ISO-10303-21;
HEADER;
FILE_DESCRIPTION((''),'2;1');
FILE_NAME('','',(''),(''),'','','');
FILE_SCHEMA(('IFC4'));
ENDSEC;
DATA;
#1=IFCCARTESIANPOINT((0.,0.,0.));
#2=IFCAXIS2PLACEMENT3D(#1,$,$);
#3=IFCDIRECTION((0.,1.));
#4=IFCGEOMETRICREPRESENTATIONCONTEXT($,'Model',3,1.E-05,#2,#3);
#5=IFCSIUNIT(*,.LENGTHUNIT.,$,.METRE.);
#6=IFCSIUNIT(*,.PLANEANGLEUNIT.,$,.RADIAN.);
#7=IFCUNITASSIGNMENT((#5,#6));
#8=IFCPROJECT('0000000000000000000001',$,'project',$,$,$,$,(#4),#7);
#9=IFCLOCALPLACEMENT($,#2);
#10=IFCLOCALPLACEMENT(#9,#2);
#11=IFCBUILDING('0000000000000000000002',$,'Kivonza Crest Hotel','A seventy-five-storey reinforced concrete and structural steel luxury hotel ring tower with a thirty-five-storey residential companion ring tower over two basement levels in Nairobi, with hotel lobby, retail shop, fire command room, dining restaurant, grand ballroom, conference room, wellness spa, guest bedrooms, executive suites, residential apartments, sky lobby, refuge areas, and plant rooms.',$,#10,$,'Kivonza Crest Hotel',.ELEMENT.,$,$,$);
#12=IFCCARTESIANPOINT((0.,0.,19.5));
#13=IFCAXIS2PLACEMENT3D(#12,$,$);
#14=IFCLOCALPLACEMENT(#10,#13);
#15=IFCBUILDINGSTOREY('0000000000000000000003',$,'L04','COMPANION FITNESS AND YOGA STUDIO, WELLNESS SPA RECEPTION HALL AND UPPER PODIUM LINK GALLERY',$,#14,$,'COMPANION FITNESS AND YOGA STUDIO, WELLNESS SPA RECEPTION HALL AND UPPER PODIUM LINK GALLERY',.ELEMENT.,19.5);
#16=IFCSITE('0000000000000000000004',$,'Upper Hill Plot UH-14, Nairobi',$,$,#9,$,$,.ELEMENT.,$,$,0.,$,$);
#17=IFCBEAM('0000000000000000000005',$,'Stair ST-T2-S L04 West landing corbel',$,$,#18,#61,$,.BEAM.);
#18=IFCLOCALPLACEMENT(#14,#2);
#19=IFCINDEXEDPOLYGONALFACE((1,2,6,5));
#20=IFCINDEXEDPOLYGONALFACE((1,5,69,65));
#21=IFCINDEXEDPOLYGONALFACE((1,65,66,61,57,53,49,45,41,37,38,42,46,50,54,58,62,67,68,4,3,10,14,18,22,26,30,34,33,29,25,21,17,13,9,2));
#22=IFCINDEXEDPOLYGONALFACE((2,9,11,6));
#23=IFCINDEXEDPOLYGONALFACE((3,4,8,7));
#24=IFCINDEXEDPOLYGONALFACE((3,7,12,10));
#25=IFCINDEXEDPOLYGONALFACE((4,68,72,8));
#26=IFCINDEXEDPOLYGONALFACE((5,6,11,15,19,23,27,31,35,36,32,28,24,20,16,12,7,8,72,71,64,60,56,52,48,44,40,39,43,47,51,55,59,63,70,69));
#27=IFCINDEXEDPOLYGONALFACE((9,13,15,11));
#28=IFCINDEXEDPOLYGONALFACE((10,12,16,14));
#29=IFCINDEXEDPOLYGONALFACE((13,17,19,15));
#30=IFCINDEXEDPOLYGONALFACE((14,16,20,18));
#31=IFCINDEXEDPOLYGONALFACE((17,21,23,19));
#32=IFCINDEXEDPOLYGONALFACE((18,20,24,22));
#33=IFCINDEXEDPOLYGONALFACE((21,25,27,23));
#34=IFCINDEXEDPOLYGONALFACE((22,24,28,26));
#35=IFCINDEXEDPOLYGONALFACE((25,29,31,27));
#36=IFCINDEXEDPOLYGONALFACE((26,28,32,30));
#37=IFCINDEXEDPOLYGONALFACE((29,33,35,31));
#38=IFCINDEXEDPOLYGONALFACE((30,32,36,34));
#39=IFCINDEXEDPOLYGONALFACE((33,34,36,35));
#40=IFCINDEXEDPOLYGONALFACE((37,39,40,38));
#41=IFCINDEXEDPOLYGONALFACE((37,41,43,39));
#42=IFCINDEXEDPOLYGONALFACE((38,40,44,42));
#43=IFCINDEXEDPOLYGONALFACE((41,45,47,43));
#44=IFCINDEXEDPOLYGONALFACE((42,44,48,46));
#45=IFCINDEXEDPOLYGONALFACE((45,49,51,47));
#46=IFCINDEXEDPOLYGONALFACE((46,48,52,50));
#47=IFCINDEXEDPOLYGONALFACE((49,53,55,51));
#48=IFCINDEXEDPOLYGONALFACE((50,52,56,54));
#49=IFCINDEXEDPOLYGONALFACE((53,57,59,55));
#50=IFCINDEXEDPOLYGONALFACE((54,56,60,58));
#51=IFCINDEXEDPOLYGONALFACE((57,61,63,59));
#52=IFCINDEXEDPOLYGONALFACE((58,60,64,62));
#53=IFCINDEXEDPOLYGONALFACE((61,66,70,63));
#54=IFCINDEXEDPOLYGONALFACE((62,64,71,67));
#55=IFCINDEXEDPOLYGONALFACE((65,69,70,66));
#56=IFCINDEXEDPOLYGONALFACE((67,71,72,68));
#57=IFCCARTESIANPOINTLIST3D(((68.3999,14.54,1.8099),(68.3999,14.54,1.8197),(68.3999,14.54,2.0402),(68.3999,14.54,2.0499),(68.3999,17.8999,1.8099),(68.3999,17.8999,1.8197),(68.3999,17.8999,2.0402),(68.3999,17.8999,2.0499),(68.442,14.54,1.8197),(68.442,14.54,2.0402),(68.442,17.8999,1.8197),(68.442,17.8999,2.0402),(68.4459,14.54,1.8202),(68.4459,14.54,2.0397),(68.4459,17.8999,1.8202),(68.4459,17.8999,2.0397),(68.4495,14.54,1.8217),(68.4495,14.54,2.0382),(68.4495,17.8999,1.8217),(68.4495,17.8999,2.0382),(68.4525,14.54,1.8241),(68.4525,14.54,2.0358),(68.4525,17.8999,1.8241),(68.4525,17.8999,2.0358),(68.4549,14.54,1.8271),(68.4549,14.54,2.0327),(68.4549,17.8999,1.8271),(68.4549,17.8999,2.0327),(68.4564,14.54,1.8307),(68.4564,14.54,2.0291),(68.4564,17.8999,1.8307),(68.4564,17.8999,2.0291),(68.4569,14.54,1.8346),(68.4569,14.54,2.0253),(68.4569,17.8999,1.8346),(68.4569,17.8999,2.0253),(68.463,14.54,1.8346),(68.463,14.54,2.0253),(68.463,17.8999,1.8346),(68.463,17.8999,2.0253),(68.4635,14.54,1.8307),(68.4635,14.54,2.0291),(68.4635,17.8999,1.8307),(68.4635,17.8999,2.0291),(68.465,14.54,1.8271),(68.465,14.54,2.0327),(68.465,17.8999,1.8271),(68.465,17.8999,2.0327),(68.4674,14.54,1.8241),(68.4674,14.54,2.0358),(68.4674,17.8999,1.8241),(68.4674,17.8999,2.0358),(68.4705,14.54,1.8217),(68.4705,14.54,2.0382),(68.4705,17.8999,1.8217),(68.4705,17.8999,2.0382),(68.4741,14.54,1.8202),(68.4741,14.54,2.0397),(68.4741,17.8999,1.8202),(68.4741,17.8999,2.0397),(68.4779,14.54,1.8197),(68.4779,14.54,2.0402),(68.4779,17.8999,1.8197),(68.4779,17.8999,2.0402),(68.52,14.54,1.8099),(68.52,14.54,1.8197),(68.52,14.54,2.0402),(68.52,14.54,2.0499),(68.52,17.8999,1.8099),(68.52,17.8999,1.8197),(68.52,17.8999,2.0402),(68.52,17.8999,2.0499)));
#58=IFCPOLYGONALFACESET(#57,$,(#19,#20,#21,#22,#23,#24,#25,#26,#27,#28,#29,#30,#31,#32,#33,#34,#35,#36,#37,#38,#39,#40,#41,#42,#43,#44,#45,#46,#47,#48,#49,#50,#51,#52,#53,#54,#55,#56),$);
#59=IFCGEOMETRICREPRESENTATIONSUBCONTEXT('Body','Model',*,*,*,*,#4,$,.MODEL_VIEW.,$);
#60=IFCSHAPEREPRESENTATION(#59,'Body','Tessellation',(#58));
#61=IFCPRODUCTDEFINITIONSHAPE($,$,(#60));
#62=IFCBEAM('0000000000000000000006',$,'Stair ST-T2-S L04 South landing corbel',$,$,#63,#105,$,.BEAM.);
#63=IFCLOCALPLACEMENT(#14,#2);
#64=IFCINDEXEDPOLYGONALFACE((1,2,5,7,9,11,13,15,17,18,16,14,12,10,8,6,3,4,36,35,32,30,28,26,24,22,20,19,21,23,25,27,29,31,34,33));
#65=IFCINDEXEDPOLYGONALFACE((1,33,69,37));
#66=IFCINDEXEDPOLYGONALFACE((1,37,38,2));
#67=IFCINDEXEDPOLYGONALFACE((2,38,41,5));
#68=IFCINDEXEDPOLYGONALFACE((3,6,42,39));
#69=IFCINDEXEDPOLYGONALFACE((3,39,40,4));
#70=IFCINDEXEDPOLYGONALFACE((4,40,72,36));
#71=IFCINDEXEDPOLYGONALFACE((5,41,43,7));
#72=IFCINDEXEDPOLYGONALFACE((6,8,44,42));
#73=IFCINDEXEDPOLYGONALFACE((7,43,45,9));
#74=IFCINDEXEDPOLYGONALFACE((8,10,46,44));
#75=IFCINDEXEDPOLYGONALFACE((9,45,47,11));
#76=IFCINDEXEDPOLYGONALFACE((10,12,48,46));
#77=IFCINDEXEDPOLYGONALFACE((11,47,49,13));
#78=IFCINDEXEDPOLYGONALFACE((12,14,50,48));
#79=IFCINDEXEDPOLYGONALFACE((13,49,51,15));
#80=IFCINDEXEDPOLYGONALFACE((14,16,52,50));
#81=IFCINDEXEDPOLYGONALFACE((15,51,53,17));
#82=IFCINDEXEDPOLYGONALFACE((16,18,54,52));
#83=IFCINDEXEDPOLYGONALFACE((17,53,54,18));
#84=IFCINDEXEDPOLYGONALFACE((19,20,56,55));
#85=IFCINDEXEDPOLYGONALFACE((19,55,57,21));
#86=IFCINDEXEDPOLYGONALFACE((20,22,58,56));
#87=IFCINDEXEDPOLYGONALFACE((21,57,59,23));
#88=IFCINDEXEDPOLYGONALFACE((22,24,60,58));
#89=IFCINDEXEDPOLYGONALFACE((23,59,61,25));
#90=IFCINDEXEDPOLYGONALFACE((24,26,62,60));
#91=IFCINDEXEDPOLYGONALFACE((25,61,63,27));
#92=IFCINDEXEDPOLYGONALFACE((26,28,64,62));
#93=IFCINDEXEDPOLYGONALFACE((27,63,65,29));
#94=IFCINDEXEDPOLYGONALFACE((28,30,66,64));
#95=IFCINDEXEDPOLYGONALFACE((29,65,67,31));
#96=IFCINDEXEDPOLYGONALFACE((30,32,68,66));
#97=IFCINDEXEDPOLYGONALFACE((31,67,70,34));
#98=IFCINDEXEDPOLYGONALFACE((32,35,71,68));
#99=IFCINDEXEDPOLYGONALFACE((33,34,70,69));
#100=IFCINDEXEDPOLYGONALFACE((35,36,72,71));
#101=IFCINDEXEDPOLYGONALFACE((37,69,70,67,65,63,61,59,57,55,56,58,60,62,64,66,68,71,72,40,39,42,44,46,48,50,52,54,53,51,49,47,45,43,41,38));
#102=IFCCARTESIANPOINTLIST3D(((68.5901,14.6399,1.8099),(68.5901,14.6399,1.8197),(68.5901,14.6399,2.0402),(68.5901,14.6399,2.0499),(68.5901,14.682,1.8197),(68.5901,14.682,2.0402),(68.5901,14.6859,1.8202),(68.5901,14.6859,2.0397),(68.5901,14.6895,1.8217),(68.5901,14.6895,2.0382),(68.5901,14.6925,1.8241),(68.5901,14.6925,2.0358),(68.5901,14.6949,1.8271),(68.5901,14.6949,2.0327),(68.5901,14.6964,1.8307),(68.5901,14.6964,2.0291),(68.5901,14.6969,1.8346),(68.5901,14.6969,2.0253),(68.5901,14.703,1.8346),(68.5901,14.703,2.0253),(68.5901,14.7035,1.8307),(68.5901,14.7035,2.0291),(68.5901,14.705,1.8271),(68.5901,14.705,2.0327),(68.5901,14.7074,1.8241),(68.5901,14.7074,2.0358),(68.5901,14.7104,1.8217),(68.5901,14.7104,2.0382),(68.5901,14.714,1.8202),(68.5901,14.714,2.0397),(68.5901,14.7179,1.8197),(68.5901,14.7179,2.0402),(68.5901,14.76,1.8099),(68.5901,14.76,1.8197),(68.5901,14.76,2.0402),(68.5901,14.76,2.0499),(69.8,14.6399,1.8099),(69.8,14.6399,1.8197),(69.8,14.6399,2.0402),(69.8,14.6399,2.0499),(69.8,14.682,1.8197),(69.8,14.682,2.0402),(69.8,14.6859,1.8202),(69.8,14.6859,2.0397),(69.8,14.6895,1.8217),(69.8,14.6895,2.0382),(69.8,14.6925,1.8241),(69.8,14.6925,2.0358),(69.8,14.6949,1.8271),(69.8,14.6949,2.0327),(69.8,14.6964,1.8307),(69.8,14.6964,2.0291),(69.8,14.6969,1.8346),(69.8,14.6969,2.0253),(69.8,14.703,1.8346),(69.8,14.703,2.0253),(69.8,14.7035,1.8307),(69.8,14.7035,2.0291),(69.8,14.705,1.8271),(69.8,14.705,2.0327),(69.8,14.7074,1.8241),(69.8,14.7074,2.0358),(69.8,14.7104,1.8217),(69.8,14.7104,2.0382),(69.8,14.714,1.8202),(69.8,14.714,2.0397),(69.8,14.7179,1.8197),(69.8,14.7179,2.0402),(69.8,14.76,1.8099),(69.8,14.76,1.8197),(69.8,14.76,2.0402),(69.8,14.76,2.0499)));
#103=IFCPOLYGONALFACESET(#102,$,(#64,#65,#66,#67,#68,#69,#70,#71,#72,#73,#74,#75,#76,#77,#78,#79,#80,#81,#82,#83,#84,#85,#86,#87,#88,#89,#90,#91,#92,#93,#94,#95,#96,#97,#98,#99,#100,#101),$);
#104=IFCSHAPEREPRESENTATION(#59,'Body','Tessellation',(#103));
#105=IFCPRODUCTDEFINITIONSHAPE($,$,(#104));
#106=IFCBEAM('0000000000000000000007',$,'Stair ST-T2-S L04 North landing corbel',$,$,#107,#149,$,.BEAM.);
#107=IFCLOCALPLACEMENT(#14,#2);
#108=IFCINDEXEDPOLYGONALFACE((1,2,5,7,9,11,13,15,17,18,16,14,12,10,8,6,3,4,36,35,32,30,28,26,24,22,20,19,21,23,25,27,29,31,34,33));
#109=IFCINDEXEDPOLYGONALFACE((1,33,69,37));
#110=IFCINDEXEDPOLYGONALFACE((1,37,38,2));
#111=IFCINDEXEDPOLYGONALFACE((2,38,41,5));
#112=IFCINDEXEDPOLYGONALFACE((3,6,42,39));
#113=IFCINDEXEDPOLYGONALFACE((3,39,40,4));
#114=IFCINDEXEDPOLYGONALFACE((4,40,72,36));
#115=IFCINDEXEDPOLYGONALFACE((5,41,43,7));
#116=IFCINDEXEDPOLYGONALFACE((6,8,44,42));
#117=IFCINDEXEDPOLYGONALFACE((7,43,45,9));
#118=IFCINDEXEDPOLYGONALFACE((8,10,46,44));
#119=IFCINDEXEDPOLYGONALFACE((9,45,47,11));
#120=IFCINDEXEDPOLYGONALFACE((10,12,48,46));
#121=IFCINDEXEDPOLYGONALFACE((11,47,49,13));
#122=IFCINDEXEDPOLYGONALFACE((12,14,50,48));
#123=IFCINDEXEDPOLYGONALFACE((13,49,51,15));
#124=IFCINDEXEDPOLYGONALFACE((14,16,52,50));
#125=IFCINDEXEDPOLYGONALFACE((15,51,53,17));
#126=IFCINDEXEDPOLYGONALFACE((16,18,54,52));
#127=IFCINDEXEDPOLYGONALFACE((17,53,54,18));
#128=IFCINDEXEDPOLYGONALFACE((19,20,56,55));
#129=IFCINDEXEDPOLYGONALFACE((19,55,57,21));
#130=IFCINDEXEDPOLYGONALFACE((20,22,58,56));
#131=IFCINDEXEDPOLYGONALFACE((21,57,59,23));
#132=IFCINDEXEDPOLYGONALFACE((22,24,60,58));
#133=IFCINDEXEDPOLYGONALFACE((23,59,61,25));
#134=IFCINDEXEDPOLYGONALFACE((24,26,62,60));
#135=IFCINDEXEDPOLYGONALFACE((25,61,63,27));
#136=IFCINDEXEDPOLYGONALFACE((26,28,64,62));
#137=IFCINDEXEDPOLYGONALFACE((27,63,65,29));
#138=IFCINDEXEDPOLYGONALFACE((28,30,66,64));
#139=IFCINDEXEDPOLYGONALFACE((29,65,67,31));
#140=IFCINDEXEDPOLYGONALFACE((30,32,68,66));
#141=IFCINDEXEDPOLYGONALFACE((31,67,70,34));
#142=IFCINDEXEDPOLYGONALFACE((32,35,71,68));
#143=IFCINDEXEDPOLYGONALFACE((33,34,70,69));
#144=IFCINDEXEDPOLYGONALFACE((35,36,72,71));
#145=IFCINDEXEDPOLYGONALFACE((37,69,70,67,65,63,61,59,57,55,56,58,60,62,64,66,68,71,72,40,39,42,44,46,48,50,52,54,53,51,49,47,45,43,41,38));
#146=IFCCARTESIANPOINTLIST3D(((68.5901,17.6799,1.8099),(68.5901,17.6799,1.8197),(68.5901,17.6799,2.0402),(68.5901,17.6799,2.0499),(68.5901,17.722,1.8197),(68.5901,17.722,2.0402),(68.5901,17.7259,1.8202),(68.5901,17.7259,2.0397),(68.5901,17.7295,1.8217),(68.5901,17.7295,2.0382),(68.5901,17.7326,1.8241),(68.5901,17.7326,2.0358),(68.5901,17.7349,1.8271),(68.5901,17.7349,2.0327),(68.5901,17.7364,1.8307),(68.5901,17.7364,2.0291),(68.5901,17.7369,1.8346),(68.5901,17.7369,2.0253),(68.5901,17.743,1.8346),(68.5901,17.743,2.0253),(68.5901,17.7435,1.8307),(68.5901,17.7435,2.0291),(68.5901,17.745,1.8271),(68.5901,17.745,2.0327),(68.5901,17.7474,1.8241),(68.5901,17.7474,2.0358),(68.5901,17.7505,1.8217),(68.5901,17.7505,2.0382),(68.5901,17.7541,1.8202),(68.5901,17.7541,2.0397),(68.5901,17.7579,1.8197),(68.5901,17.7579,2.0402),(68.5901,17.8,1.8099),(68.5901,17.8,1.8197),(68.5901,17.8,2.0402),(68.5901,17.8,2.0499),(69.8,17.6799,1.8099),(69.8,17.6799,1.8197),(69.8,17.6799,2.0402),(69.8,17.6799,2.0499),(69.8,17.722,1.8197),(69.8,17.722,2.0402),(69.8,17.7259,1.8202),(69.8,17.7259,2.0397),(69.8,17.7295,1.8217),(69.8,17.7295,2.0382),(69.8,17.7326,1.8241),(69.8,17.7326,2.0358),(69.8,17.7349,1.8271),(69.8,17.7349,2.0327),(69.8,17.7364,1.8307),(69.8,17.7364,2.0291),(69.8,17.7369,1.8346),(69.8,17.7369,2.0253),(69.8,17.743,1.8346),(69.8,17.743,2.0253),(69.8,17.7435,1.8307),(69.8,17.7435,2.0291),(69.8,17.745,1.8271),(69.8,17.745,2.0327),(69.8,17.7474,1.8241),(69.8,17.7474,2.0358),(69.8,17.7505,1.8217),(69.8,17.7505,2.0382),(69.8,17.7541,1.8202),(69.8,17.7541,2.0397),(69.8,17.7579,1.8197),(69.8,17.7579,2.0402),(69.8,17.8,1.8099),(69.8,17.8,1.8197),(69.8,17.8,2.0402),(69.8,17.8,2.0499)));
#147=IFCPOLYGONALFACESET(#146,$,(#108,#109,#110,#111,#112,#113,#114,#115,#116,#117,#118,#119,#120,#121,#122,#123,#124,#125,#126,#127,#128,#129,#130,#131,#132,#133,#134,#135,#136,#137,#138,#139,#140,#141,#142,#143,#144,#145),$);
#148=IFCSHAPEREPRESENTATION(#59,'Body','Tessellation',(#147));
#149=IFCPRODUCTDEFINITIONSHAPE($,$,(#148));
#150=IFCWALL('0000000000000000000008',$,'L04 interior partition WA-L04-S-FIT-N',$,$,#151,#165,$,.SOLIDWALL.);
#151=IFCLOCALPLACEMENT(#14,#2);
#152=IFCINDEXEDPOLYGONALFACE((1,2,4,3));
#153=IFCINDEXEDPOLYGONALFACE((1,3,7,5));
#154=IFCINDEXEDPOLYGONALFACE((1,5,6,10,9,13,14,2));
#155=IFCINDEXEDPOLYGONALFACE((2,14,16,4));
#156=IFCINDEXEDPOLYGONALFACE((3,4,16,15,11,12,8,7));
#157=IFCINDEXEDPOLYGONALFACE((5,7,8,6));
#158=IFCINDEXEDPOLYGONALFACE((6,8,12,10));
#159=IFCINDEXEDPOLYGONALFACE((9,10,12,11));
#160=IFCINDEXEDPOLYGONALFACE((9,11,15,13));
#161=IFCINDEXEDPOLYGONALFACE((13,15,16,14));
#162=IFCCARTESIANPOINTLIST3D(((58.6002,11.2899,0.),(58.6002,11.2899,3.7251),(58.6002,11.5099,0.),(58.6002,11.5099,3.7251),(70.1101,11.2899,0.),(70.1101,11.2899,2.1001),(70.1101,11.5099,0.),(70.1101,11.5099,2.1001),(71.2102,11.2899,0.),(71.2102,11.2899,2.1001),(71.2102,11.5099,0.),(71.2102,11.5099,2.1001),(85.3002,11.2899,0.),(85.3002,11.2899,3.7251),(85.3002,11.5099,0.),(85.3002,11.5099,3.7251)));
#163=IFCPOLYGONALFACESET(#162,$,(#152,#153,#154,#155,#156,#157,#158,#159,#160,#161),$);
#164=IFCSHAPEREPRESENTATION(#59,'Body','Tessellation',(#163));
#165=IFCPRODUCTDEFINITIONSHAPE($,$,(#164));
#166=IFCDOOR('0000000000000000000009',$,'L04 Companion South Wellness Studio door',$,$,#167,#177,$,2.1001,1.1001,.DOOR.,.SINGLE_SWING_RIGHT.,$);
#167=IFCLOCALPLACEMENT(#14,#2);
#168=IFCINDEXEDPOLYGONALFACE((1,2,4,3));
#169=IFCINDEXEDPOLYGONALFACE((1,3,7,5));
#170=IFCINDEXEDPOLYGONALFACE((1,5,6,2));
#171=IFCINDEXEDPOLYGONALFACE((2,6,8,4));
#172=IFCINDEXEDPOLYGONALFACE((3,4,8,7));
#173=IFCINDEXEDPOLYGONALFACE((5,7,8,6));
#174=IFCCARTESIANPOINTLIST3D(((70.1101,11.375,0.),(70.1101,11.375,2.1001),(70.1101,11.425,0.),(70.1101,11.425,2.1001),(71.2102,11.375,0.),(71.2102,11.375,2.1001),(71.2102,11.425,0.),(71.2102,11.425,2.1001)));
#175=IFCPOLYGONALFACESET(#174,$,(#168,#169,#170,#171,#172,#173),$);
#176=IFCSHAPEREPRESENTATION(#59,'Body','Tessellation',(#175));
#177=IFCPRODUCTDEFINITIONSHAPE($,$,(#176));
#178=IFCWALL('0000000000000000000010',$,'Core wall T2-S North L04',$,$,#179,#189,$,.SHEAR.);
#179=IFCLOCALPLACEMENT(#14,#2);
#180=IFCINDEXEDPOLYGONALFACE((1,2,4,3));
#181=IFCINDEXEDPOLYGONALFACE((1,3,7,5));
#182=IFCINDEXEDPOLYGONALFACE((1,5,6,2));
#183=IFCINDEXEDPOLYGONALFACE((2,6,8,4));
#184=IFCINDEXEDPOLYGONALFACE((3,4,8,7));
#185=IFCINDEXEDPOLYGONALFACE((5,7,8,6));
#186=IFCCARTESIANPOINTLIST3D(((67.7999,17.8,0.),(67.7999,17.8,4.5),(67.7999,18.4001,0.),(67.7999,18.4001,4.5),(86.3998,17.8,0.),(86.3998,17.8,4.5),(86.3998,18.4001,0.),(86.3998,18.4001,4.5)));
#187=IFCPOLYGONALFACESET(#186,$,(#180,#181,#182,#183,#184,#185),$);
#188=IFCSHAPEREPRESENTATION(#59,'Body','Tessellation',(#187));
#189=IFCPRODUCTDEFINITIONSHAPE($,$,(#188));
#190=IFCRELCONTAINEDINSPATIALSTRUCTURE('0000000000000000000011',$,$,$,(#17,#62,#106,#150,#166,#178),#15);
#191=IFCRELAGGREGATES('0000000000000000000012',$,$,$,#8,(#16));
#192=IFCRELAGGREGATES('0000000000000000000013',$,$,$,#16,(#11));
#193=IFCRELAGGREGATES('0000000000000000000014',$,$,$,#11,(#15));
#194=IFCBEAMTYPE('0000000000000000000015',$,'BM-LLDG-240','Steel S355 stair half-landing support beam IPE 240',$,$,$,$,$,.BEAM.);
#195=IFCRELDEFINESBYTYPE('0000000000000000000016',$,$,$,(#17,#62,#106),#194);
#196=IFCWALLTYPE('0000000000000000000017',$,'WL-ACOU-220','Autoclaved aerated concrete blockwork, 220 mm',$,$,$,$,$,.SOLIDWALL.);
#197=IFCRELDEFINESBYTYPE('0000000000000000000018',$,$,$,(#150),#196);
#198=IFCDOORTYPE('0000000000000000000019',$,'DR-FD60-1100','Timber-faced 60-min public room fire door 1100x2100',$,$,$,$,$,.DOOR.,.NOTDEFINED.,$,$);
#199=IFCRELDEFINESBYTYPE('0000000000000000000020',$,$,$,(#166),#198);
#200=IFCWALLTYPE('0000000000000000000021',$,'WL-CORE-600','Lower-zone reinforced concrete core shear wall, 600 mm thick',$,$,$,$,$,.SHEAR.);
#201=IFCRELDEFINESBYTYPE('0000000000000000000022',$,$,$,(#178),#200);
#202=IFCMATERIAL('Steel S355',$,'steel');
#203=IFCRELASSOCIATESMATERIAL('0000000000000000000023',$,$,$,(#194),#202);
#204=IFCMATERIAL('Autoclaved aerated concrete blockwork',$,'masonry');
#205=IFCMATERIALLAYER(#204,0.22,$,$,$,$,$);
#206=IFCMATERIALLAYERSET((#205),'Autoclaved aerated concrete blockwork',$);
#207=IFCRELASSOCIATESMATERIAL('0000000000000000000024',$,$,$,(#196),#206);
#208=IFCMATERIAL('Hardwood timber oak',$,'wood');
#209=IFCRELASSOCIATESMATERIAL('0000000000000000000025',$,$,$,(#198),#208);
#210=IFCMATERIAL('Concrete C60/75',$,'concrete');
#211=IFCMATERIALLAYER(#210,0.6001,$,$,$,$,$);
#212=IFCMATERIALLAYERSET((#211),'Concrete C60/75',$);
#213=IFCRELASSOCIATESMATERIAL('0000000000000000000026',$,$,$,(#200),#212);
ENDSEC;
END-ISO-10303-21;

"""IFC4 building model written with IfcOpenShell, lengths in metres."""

from ifc_helpers import new_model, si_unit, direction, frame, frame_2d, origin, origin_2d, place, context, subcontext, project, spatial, rectangle, i_section, extrude, material, layer, layer_set, material_profile, profile_set, type_object, element, fill, save


model = new_model("IFC4")

# Units and contexts
model_context = context("Model", 3, precision=1e-05, world=origin(), true_north=direction((0.0, 1.0)))
body_context = subcontext(model_context, "Body", "Model", "MODEL_VIEW")
ifc_project = project(units=[si_unit("LENGTHUNIT", "METRE"), si_unit("PLANEANGLEUNIT", "RADIAN")], contexts=[model_context])

# Site, building, storey
site_placement = place(None, origin())
site = spatial("IfcSite", under=ifc_project, at=site_placement, Name="Upper Hill Plot UH-14, Nairobi", CompositionType="ELEMENT", RefElevation=0.0)
building_placement = place(site_placement, origin())
building = spatial("IfcBuilding", under=site, at=building_placement, Name="Kivonza Crest Hotel", Description="A seventy-five-storey reinforced concrete and structural steel luxury hotel ring tower with a thirty-five-storey residential companion ring tower over two basement levels in Nairobi, with hotel lobby, retail shop, fire command room, dining restaurant, grand ballroom, conference room, wellness spa, guest bedrooms, executive suites, residential apartments, sky lobby, refuge areas, and plant rooms.", LongName="Kivonza Crest Hotel", CompositionType="ELEMENT")
storey_placement = place(building_placement, frame((0.0, 0.0, 19.5)))
storey = spatial("IfcBuildingStorey", under=building, at=storey_placement, Name="L04", Description="COMPANION FITNESS AND YOGA STUDIO, WELLNESS SPA RECEPTION HALL AND UPPER PODIUM LINK GALLERY", LongName="COMPANION FITNESS AND YOGA STUDIO, WELLNESS SPA RECEPTION HALL AND UPPER PODIUM LINK GALLERY", CompositionType="ELEMENT", Elevation=19.5)

# Shared definitions
ifc_material_1 = material(Name="Concrete C60/75", Category="concrete")

# Beams
ifc_material_2 = material(Name="Steel S355", Category="steel")
ifc_material_profile_1 = material_profile(ifc_material_2, i_section(OverallWidth=0.1201, OverallDepth=0.24, WebThickness=0.0061, FlangeThickness=0.0098, FilletRadius=0.0149, at=origin_2d()), Name="IPE 240")
ifc_profile_set_1 = profile_set([ifc_material_profile_1], Name="Steel S355")
beam_type_1 = type_object("IfcBeamType", Name="BM-LLDG-240", Description="Steel S355 stair half-landing support beam IPE 240", PredefinedType="BEAM", material=ifc_profile_set_1)
beam_1_placement = place(storey_placement, frame((68.46, 14.54, 1.9299), z_axis=(0.0, 1.0, 0.0), x_axis=(-1.0, 0.0, 0.0)))
element("IfcBeam", 1, at=beam_1_placement, inside=storey, type_object=beam_type_1, Name="Stair ST-T2-S L04 West landing corbel", PredefinedType="BEAM", context=body_context, shape_type="SweptSolid", body=[
    extrude(i_section(OverallWidth=0.1201, OverallDepth=0.24, WebThickness=0.0061, FlangeThickness=0.0098, FilletRadius=0.0149, at=origin_2d()), origin(), (0.0, 0.0, 1.0), 3.3599),
])
for number, where, z_axis, x_axis, name in (
    (2, (68.5901, 14.7, 1.9299), (1.0, 0.0, 0.0), (0.0, 1.0, 0.0), "Stair ST-T2-S L04 South landing corbel"),
    (3, (68.5901, 17.74, 1.9299), (1.0, 0.0, 0.0), (0.0, 1.0, 0.0), "Stair ST-T2-S L04 North landing corbel"),
):
    element("IfcBeam", number, at=place(storey_placement, frame(where, z_axis=z_axis, x_axis=x_axis)), inside=storey, type_object=beam_type_1, Name=name, PredefinedType="BEAM", context=body_context, shape_type="SweptSolid", body=[
        extrude(i_section(OverallWidth=0.1201, OverallDepth=0.24, WebThickness=0.0061, FlangeThickness=0.0098, FilletRadius=0.0149, at=origin_2d()), origin(), (0.0, 0.0, 1.0), 1.21),
    ])

# Wall, opening, door
ifc_material_3 = material(Name="Autoclaved aerated concrete blockwork", Category="masonry")
ifc_layer_1 = layer(ifc_material_3, 0.22)
ifc_layer_set_1 = layer_set([ifc_layer_1], Name="Autoclaved aerated concrete blockwork")
wall_type_1 = type_object("IfcWallType", Name="WL-ACOU-220", Description="Autoclaved aerated concrete blockwork, 220 mm", PredefinedType="SOLIDWALL", material=ifc_layer_set_1)
wall_1_placement = place(storey_placement, frame((58.6001, 11.3999, 0.0), z_axis=(0.0, 0.0, 1.0), x_axis=(1.0, 0.0, 0.0)))
wall_1 = element("IfcWall", 4, at=wall_1_placement, inside=storey, type_object=wall_type_1, Name="L04 interior partition WA-L04-S-FIT-N", PredefinedType="SOLIDWALL", context=body_context, shape_type="SweptSolid", body=[
    extrude(rectangle(XDim=26.7, YDim=0.22, at=frame_2d((13.3501, 0.0))), origin(), (0.0, 0.0, 1.0), 3.7251),
])
opening_1_placement = place(wall_1_placement, frame((11.51, 0.0, 0.0)))
opening_1 = element("IfcOpeningElement", 5, at=opening_1_placement, cuts=wall_1, PredefinedType="OPENING", context=body_context, shape_type="SweptSolid", body=[
    extrude(rectangle(XDim=1.1001, YDim=2.1001, at=frame_2d((0.55, 1.05))), frame((0.0, 0.1201, 0.0), z_axis=(0.0, -1.0, 0.0), x_axis=(1.0, 0.0, 0.0)), (0.0, 0.0, 1.0), 0.24),
])
ifc_material_4 = material(Name="Hardwood timber oak", Category="wood")
door_type_1 = type_object("IfcDoorType", Name="DR-FD60-1100", Description="Timber-faced 60-min public room fire door 1100x2100", OperationType="NOTDEFINED", PredefinedType="DOOR", material=ifc_material_4)
door_1_placement = place(opening_1_placement, frame((1.1001, 0.0, 0.0), z_axis=(0.0, 0.0, 1.0), x_axis=(-1.0, 0.0, 0.0)))
door_1 = element("IfcDoor", 6, at=door_1_placement, inside=storey, type_object=door_type_1, Name="L04 Companion South Wellness Studio door", OperationType="SINGLE_SWING_RIGHT", OverallHeight=2.1001, OverallWidth=1.1001, PredefinedType="DOOR", context=body_context, shape_type="SweptSolid", body=[
    extrude(rectangle(XDim=1.1001, YDim=2.1001, at=frame_2d((0.55, 1.05))), frame((0.0, 0.0249, 0.0), z_axis=(0.0, -1.0, 0.0), x_axis=(1.0, 0.0, 0.0)), (0.0, 0.0, 1.0), 0.05),
])
fill(opening_1, door_1)

# Shared definitions
ifc_layer_2 = layer(ifc_material_1, 0.6001)
ifc_layer_set_2 = layer_set([ifc_layer_2], Name="Concrete C60/75")
wall_type_2 = type_object("IfcWallType", Name="WL-CORE-600", Description="Lower-zone reinforced concrete core shear wall, 600 mm thick", PredefinedType="SHEAR", material=ifc_layer_set_2)

# Wall
wall_2_placement = place(storey_placement, frame((67.8, 18.1001, 0.0), z_axis=(0.0, 0.0, 1.0), x_axis=(1.0, 0.0, 0.0)))
element("IfcWall", 7, at=wall_2_placement, inside=storey, type_object=wall_type_2, Name="Core wall T2-S North L04", PredefinedType="SHEAR", context=body_context, shape_type="SweptSolid", body=[
    extrude(rectangle(XDim=18.5999, YDim=0.6001, at=frame_2d((9.2998, 0.0))), origin(), (0.0, 0.0, 1.0), 4.5),
])

save(model, "model.ifc")
